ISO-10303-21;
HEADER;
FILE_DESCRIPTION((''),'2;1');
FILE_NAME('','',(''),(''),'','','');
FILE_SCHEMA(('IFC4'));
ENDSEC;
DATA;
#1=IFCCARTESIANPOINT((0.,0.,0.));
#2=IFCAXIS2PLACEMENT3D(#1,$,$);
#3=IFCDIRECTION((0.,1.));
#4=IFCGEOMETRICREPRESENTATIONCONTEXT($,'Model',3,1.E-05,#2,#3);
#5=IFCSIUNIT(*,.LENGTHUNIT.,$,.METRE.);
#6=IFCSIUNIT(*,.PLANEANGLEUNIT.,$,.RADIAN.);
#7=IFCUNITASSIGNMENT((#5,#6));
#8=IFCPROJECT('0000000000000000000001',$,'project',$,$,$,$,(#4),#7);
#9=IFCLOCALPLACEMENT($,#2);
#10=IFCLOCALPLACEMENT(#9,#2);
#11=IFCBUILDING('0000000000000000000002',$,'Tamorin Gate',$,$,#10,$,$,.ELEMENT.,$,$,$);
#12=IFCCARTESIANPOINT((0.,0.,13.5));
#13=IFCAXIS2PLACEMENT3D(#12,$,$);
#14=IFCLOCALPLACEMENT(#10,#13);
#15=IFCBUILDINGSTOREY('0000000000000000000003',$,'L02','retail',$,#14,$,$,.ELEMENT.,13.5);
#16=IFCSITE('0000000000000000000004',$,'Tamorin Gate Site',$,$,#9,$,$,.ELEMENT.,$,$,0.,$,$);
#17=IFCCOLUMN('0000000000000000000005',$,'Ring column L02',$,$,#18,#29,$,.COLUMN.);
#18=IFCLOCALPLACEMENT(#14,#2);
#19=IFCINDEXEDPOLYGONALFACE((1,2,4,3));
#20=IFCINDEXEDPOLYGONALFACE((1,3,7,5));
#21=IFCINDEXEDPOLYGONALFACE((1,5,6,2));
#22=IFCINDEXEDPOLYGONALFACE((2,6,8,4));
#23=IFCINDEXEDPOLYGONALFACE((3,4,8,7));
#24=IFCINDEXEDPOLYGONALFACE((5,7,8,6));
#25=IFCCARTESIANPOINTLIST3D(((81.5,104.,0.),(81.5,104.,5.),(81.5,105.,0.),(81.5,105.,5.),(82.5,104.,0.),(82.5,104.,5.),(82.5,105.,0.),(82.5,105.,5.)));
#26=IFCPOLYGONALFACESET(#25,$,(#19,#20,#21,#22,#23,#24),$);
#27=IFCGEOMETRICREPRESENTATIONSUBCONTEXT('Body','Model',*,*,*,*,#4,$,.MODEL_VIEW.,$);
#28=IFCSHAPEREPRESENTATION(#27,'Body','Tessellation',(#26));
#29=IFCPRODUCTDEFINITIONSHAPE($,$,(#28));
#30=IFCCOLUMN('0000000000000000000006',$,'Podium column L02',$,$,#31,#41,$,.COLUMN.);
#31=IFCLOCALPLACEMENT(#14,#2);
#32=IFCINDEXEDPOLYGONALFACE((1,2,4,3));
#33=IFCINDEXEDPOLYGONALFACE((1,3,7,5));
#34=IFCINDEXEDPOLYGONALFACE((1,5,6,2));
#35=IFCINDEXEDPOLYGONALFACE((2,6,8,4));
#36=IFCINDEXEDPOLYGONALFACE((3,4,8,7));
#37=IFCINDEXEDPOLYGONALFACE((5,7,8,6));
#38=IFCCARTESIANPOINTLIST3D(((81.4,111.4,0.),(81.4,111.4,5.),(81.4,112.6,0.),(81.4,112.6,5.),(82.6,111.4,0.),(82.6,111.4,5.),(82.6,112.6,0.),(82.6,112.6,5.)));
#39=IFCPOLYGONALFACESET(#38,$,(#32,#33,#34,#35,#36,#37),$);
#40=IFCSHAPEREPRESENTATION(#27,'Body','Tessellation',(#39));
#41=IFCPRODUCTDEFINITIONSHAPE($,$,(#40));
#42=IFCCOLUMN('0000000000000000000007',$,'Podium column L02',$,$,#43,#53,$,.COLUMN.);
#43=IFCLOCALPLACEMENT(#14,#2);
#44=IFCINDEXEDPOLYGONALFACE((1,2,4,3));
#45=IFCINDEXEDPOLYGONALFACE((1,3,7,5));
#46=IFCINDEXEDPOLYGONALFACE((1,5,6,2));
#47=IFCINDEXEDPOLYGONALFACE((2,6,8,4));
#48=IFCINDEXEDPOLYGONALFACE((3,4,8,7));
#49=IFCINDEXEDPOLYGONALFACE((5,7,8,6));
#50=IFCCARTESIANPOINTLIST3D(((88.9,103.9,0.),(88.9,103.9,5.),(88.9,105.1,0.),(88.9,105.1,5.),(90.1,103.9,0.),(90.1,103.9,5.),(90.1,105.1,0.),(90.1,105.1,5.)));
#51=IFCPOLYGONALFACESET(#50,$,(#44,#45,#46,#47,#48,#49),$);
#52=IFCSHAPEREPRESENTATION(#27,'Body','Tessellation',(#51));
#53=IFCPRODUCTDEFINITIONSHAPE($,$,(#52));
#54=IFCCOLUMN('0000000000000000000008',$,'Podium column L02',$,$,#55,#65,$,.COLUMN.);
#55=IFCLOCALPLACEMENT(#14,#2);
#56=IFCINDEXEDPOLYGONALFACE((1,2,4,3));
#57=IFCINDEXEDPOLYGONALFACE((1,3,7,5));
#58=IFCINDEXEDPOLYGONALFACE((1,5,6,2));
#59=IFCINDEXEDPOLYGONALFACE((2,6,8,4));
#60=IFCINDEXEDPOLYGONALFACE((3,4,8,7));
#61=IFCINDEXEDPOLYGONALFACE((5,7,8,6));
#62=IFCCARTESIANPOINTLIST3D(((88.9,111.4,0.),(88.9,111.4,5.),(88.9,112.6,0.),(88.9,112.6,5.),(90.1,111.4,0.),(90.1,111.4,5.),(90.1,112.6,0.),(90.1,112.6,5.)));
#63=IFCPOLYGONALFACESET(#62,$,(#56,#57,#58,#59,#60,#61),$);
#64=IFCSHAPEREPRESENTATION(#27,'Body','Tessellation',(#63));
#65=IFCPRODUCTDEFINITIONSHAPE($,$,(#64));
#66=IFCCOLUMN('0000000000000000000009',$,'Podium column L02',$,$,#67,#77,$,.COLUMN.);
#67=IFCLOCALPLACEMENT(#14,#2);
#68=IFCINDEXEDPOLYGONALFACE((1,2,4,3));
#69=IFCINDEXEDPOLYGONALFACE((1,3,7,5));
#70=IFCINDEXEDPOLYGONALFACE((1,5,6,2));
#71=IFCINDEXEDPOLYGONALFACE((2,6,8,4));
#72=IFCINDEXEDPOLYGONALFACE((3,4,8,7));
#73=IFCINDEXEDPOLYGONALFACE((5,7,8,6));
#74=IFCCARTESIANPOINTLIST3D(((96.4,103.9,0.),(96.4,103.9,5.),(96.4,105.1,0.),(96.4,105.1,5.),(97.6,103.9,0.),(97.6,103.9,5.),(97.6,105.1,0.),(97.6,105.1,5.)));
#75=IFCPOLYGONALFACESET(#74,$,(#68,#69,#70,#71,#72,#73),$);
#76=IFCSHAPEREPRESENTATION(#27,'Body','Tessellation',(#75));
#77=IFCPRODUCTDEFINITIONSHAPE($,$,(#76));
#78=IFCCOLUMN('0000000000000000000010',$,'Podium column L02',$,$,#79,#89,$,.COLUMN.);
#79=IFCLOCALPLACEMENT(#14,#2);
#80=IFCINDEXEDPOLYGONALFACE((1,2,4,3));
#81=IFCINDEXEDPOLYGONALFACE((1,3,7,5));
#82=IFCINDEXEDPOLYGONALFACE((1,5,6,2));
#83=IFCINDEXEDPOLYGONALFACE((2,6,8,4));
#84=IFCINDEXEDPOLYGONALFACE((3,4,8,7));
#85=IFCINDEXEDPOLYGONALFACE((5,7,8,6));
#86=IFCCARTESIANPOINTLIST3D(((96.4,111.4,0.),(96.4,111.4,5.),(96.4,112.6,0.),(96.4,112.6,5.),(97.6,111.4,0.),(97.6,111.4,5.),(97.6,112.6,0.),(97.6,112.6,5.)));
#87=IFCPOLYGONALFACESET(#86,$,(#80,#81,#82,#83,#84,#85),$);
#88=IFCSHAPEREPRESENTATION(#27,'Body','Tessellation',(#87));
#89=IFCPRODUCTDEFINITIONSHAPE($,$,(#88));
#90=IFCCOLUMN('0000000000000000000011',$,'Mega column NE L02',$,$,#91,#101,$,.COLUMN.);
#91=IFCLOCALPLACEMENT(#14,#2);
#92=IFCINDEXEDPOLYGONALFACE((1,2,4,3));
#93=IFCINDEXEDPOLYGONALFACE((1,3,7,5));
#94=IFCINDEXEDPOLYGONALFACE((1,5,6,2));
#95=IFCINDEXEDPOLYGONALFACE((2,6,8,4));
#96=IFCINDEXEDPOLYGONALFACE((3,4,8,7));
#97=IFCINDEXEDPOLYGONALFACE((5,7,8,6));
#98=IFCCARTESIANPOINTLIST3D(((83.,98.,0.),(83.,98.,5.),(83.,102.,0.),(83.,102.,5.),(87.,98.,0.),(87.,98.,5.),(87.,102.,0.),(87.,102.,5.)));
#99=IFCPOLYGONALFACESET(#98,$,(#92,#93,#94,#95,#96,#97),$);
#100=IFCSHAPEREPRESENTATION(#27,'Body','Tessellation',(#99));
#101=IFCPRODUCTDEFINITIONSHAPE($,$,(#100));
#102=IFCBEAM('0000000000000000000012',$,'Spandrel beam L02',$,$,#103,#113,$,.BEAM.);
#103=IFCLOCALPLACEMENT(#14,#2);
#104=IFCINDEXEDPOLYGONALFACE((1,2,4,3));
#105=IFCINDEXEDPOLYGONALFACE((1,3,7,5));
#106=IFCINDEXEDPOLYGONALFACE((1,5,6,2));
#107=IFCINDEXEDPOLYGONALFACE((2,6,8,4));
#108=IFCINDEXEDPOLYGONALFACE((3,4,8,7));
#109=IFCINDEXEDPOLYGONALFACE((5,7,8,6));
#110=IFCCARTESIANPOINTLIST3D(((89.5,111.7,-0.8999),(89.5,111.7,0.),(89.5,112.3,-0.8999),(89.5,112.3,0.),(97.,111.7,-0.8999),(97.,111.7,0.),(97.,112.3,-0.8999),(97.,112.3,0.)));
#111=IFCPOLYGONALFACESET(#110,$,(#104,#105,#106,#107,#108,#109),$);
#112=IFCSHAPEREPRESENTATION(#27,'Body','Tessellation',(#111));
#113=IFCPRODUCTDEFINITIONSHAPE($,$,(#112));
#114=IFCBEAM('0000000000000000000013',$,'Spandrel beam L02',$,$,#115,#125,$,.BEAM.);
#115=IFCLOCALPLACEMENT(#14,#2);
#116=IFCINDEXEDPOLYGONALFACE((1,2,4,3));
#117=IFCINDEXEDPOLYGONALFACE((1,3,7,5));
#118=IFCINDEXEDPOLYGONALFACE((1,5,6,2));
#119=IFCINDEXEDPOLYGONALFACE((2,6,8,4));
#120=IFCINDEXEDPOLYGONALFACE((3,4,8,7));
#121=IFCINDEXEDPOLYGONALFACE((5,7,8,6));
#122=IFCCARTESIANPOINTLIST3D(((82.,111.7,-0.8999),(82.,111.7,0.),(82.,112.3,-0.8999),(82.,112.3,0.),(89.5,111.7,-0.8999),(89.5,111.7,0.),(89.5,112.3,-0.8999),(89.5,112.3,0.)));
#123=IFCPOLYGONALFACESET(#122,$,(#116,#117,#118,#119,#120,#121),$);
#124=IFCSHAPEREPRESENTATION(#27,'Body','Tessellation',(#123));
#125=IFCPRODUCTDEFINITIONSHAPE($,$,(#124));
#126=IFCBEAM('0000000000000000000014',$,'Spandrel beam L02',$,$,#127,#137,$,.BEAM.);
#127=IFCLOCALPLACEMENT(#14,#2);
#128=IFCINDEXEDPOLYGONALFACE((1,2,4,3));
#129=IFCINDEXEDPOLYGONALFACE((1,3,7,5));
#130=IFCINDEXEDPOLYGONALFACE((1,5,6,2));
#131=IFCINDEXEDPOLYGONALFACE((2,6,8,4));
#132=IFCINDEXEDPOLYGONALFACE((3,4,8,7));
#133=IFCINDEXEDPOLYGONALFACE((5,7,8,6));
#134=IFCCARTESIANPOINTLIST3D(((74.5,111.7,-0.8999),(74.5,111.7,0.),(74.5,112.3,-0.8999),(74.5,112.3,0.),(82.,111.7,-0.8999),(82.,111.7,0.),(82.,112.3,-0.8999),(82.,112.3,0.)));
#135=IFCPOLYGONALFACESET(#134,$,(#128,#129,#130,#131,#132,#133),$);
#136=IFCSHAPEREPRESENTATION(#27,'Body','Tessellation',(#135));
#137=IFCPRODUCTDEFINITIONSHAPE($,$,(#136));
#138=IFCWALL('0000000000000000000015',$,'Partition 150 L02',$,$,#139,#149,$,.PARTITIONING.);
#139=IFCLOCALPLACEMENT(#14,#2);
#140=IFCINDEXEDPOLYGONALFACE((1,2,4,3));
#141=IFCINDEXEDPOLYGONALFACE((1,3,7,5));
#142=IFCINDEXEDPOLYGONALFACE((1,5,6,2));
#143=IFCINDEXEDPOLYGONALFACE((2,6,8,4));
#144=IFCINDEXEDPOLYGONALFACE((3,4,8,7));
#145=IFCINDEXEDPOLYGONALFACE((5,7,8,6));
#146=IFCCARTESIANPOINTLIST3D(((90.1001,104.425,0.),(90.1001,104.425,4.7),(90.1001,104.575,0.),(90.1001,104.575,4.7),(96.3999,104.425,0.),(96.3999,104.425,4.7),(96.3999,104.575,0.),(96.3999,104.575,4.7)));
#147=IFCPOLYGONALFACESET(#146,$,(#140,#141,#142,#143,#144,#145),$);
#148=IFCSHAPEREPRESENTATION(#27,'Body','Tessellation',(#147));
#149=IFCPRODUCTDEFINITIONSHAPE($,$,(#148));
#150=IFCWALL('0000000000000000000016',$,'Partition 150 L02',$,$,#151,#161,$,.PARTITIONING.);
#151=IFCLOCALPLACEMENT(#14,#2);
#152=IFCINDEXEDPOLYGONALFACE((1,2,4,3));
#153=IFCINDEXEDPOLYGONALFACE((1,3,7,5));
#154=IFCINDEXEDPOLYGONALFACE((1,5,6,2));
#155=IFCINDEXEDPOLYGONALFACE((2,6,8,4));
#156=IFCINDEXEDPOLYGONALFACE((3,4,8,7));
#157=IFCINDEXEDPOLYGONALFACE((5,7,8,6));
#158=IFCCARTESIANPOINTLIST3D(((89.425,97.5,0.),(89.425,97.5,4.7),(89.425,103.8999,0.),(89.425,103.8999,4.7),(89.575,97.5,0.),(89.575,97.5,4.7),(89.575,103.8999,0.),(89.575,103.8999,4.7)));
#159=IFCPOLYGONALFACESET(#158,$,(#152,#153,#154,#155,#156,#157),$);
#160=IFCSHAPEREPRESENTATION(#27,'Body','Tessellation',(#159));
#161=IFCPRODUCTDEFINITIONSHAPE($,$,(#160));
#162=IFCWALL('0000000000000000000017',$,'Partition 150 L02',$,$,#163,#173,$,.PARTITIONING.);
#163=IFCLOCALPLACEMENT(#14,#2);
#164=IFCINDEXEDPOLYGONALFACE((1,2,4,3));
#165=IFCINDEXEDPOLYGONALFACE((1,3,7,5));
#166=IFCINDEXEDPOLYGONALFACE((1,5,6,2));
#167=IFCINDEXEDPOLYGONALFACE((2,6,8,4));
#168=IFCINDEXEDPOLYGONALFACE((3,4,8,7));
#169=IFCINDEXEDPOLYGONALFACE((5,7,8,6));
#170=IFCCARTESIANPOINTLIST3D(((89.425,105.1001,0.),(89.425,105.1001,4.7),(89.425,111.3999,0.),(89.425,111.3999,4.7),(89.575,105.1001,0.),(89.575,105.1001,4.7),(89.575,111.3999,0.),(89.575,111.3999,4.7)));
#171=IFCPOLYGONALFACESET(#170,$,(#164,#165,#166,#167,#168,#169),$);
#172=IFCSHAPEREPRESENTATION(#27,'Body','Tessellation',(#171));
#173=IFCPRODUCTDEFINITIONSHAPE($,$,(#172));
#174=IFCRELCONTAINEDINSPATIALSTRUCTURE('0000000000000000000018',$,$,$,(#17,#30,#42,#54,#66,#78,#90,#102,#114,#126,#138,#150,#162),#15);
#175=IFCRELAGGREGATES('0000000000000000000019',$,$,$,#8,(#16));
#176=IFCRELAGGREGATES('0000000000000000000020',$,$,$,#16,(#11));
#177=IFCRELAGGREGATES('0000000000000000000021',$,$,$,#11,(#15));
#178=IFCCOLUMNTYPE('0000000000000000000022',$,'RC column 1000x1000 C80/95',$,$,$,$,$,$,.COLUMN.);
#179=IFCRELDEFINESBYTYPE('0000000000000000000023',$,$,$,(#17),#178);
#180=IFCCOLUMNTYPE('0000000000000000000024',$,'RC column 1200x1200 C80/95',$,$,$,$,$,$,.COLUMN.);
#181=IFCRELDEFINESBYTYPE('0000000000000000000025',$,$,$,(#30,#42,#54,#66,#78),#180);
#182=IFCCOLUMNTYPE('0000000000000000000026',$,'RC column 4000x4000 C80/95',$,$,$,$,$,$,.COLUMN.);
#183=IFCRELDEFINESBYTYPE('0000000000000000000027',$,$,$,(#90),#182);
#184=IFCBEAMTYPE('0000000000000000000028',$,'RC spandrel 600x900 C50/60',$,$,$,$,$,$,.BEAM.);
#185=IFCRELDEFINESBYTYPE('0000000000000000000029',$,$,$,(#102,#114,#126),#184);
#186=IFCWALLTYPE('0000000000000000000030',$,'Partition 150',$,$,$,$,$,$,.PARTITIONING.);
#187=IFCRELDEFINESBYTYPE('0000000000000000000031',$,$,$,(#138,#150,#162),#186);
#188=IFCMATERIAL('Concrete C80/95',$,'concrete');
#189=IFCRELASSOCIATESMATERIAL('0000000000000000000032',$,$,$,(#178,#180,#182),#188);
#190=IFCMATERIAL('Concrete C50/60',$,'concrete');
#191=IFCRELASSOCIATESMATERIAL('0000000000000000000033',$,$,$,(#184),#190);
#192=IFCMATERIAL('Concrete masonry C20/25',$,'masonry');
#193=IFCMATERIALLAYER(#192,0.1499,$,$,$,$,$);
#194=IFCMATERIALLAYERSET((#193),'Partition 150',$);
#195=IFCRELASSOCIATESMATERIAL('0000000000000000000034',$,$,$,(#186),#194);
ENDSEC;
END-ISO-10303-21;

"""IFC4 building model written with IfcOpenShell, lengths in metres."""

from ifc_helpers import new_model, si_unit, direction, frame, frame_2d, origin, origin_2d, place, context, subcontext, project, spatial, rectangle, extrude, material, layer, layer_set, material_profile, profile_set, type_object, element, save


model = new_model("IFC4")

# Units and contexts
model_context = context("Model", 3, precision=1e-05, world=origin(), true_north=direction((0.0, 1.0)))
body_context = subcontext(model_context, "Body", "Model", "MODEL_VIEW")
ifc_project = project(units=[si_unit("LENGTHUNIT", "METRE"), si_unit("PLANEANGLEUNIT", "RADIAN")], contexts=[model_context])

# Site, building, storey
site_placement = place(None, origin())
site = spatial("IfcSite", under=ifc_project, at=site_placement, Name="Tamorin Gate Site", CompositionType="ELEMENT", RefElevation=0.0)
building_placement = place(site_placement, origin())
building = spatial("IfcBuilding", under=site, at=building_placement, Name="Tamorin Gate", CompositionType="ELEMENT")
storey_placement = place(building_placement, frame((0.0, 0.0, 13.5)))
storey = spatial("IfcBuildingStorey", under=building, at=storey_placement, Name="L02", Description="retail", CompositionType="ELEMENT", Elevation=13.5)

# Columns
ifc_material_1 = material(Name="Concrete C80/95", Category="concrete")
ifc_material_profile_1 = material_profile(ifc_material_1, rectangle(XDim=1.0, YDim=1.0, at=origin_2d()), Name="RC 1000x1000")
ifc_profile_set_1 = profile_set([ifc_material_profile_1], Name="Concrete C80/95")
column_type_1 = type_object("IfcColumnType", Name="RC column 1000x1000 C80/95", PredefinedType="COLUMN", material=ifc_profile_set_1)
column_1_placement = place(storey_placement, frame((82.0, 104.5, 0.0), z_axis=(0.0, 0.0, 1.0), x_axis=(1.0, 0.0, 0.0)))
element("IfcColumn", 1, at=column_1_placement, inside=storey, type_object=column_type_1, Name="Ring column L02", PredefinedType="COLUMN", context=body_context, shape_type="SweptSolid", body=[
    extrude(rectangle(XDim=1.0, YDim=1.0, at=origin_2d()), origin(), (0.0, 0.0, 1.0), 5.0),
])
ifc_material_profile_2 = material_profile(ifc_material_1, rectangle(XDim=1.2, YDim=1.2, at=origin_2d()), Name="RC 1200x1200")
ifc_profile_set_2 = profile_set([ifc_material_profile_2], Name="Concrete C80/95")
column_type_2 = type_object("IfcColumnType", Name="RC column 1200x1200 C80/95", PredefinedType="COLUMN", material=ifc_profile_set_2)
for number, where, z_axis, x_axis, name in (
    (2, (82.0, 112.0, 0.0), (0.0, 0.0, 1.0), (1.0, 0.0, 0.0), "Podium column L02"),
    (3, (89.5, 104.5, 0.0), (0.0, 0.0, 1.0), (1.0, 0.0, 0.0), "Podium column L02"),
    (4, (89.5, 112.0, 0.0), (0.0, 0.0, 1.0), (1.0, 0.0, 0.0), "Podium column L02"),
    (5, (97.0, 104.5, 0.0), (0.0, 0.0, 1.0), (1.0, 0.0, 0.0), "Podium column L02"),
    (6, (97.0, 112.0, 0.0), (0.0, 0.0, 1.0), (1.0, 0.0, 0.0), "Podium column L02"),
):
    element("IfcColumn", number, at=place(storey_placement, frame(where, z_axis=z_axis, x_axis=x_axis)), inside=storey, type_object=column_type_2, Name=name, PredefinedType="COLUMN", context=body_context, shape_type="SweptSolid", body=[
        extrude(rectangle(XDim=1.2, YDim=1.2, at=origin_2d()), origin(), (0.0, 0.0, 1.0), 5.0),
    ])
ifc_material_profile_3 = material_profile(ifc_material_1, rectangle(XDim=4.0, YDim=4.0, at=origin_2d()), Name="RC 4000x4000")
ifc_profile_set_3 = profile_set([ifc_material_profile_3], Name="Concrete C80/95")
column_type_3 = type_object("IfcColumnType", Name="RC column 4000x4000 C80/95", PredefinedType="COLUMN", material=ifc_profile_set_3)
column_2_placement = place(storey_placement, frame((85.0, 100.0, 0.0), z_axis=(0.0, 0.0, 1.0), x_axis=(1.0, 0.0, 0.0)))
element("IfcColumn", 7, at=column_2_placement, inside=storey, type_object=column_type_3, Name="Mega column NE L02", PredefinedType="COLUMN", context=body_context, shape_type="SweptSolid", body=[
    extrude(rectangle(XDim=4.0, YDim=4.0, at=origin_2d()), origin(), (0.0, 0.0, 1.0), 5.0),
])

# Beams
ifc_material_2 = material(Name="Concrete C50/60", Category="concrete")
ifc_material_profile_4 = material_profile(ifc_material_2, rectangle(XDim=0.6001, YDim=0.8999, at=origin_2d()), Name="RC 600x900")
ifc_profile_set_4 = profile_set([ifc_material_profile_4], Name="Concrete C50/60")
beam_type = type_object("IfcBeamType", Name="RC spandrel 600x900 C50/60", PredefinedType="BEAM", material=ifc_profile_set_4)
for number, where, z_axis, x_axis, name in (
    (8, (97.0, 112.0, -0.45), (-1.0, 0.0, 0.0), (0.0, -1.0, 0.0), "Spandrel beam L02"),
    (9, (89.5, 112.0, -0.45), (-1.0, 0.0, 0.0), (0.0, -1.0, 0.0), "Spandrel beam L02"),
    (10, (82.0, 112.0, -0.45), (-1.0, 0.0, 0.0), (0.0, -1.0, 0.0), "Spandrel beam L02"),
):
    element("IfcBeam", number, at=place(storey_placement, frame(where, z_axis=z_axis, x_axis=x_axis)), inside=storey, type_object=beam_type, Name=name, PredefinedType="BEAM", context=body_context, shape_type="SweptSolid", body=[
        extrude(rectangle(XDim=0.6001, YDim=0.8999, at=origin_2d()), origin(), (0.0, 0.0, 1.0), 7.5),
    ])

# Walls
ifc_material_3 = material(Name="Concrete masonry C20/25", Category="masonry")
ifc_layer_1 = layer(ifc_material_3, 0.1499)
ifc_layer_set_1 = layer_set([ifc_layer_1], Name="Partition 150")
wall_type_1 = type_object("IfcWallType", Name="Partition 150", PredefinedType="PARTITIONING", material=ifc_layer_set_1)
wall_1_placement = place(storey_placement, frame((90.1001, 104.5, 0.0), z_axis=(0.0, 0.0, 1.0), x_axis=(1.0, 0.0, 0.0)))
element("IfcWall", 11, at=wall_1_placement, inside=storey, type_object=wall_type_1, Name="Partition 150 L02", PredefinedType="PARTITIONING", context=body_context, shape_type="SweptSolid", body=[
    extrude(rectangle(XDim=6.2998, YDim=0.1499, at=frame_2d((3.1499, 0.0))), origin(), (0.0, 0.0, 1.0), 4.7),
])
wall_2_placement = place(storey_placement, frame((89.5, 97.5, 0.0), z_axis=(0.0, 0.0, 1.0), x_axis=(0.0, 1.0, 0.0)))
element("IfcWall", 12, at=wall_2_placement, inside=storey, type_object=wall_type_1, Name="Partition 150 L02", PredefinedType="PARTITIONING", context=body_context, shape_type="SweptSolid", body=[
    extrude(rectangle(XDim=6.3999, YDim=0.1499, at=frame_2d((3.2, 0.0))), origin(), (0.0, 0.0, 1.0), 4.7),
])
wall_3_placement = place(storey_placement, frame((89.5, 105.1001, 0.0), z_axis=(0.0, 0.0, 1.0), x_axis=(0.0, 1.0, 0.0)))
element("IfcWall", 13, at=wall_3_placement, inside=storey, type_object=wall_type_1, Name="Partition 150 L02", PredefinedType="PARTITIONING", context=body_context, shape_type="SweptSolid", body=[
    extrude(rectangle(XDim=6.2998, YDim=0.1499, at=frame_2d((3.1499, 0.0))), origin(), (0.0, 0.0, 1.0), 4.7),
])

save(model, "model.ifc")
